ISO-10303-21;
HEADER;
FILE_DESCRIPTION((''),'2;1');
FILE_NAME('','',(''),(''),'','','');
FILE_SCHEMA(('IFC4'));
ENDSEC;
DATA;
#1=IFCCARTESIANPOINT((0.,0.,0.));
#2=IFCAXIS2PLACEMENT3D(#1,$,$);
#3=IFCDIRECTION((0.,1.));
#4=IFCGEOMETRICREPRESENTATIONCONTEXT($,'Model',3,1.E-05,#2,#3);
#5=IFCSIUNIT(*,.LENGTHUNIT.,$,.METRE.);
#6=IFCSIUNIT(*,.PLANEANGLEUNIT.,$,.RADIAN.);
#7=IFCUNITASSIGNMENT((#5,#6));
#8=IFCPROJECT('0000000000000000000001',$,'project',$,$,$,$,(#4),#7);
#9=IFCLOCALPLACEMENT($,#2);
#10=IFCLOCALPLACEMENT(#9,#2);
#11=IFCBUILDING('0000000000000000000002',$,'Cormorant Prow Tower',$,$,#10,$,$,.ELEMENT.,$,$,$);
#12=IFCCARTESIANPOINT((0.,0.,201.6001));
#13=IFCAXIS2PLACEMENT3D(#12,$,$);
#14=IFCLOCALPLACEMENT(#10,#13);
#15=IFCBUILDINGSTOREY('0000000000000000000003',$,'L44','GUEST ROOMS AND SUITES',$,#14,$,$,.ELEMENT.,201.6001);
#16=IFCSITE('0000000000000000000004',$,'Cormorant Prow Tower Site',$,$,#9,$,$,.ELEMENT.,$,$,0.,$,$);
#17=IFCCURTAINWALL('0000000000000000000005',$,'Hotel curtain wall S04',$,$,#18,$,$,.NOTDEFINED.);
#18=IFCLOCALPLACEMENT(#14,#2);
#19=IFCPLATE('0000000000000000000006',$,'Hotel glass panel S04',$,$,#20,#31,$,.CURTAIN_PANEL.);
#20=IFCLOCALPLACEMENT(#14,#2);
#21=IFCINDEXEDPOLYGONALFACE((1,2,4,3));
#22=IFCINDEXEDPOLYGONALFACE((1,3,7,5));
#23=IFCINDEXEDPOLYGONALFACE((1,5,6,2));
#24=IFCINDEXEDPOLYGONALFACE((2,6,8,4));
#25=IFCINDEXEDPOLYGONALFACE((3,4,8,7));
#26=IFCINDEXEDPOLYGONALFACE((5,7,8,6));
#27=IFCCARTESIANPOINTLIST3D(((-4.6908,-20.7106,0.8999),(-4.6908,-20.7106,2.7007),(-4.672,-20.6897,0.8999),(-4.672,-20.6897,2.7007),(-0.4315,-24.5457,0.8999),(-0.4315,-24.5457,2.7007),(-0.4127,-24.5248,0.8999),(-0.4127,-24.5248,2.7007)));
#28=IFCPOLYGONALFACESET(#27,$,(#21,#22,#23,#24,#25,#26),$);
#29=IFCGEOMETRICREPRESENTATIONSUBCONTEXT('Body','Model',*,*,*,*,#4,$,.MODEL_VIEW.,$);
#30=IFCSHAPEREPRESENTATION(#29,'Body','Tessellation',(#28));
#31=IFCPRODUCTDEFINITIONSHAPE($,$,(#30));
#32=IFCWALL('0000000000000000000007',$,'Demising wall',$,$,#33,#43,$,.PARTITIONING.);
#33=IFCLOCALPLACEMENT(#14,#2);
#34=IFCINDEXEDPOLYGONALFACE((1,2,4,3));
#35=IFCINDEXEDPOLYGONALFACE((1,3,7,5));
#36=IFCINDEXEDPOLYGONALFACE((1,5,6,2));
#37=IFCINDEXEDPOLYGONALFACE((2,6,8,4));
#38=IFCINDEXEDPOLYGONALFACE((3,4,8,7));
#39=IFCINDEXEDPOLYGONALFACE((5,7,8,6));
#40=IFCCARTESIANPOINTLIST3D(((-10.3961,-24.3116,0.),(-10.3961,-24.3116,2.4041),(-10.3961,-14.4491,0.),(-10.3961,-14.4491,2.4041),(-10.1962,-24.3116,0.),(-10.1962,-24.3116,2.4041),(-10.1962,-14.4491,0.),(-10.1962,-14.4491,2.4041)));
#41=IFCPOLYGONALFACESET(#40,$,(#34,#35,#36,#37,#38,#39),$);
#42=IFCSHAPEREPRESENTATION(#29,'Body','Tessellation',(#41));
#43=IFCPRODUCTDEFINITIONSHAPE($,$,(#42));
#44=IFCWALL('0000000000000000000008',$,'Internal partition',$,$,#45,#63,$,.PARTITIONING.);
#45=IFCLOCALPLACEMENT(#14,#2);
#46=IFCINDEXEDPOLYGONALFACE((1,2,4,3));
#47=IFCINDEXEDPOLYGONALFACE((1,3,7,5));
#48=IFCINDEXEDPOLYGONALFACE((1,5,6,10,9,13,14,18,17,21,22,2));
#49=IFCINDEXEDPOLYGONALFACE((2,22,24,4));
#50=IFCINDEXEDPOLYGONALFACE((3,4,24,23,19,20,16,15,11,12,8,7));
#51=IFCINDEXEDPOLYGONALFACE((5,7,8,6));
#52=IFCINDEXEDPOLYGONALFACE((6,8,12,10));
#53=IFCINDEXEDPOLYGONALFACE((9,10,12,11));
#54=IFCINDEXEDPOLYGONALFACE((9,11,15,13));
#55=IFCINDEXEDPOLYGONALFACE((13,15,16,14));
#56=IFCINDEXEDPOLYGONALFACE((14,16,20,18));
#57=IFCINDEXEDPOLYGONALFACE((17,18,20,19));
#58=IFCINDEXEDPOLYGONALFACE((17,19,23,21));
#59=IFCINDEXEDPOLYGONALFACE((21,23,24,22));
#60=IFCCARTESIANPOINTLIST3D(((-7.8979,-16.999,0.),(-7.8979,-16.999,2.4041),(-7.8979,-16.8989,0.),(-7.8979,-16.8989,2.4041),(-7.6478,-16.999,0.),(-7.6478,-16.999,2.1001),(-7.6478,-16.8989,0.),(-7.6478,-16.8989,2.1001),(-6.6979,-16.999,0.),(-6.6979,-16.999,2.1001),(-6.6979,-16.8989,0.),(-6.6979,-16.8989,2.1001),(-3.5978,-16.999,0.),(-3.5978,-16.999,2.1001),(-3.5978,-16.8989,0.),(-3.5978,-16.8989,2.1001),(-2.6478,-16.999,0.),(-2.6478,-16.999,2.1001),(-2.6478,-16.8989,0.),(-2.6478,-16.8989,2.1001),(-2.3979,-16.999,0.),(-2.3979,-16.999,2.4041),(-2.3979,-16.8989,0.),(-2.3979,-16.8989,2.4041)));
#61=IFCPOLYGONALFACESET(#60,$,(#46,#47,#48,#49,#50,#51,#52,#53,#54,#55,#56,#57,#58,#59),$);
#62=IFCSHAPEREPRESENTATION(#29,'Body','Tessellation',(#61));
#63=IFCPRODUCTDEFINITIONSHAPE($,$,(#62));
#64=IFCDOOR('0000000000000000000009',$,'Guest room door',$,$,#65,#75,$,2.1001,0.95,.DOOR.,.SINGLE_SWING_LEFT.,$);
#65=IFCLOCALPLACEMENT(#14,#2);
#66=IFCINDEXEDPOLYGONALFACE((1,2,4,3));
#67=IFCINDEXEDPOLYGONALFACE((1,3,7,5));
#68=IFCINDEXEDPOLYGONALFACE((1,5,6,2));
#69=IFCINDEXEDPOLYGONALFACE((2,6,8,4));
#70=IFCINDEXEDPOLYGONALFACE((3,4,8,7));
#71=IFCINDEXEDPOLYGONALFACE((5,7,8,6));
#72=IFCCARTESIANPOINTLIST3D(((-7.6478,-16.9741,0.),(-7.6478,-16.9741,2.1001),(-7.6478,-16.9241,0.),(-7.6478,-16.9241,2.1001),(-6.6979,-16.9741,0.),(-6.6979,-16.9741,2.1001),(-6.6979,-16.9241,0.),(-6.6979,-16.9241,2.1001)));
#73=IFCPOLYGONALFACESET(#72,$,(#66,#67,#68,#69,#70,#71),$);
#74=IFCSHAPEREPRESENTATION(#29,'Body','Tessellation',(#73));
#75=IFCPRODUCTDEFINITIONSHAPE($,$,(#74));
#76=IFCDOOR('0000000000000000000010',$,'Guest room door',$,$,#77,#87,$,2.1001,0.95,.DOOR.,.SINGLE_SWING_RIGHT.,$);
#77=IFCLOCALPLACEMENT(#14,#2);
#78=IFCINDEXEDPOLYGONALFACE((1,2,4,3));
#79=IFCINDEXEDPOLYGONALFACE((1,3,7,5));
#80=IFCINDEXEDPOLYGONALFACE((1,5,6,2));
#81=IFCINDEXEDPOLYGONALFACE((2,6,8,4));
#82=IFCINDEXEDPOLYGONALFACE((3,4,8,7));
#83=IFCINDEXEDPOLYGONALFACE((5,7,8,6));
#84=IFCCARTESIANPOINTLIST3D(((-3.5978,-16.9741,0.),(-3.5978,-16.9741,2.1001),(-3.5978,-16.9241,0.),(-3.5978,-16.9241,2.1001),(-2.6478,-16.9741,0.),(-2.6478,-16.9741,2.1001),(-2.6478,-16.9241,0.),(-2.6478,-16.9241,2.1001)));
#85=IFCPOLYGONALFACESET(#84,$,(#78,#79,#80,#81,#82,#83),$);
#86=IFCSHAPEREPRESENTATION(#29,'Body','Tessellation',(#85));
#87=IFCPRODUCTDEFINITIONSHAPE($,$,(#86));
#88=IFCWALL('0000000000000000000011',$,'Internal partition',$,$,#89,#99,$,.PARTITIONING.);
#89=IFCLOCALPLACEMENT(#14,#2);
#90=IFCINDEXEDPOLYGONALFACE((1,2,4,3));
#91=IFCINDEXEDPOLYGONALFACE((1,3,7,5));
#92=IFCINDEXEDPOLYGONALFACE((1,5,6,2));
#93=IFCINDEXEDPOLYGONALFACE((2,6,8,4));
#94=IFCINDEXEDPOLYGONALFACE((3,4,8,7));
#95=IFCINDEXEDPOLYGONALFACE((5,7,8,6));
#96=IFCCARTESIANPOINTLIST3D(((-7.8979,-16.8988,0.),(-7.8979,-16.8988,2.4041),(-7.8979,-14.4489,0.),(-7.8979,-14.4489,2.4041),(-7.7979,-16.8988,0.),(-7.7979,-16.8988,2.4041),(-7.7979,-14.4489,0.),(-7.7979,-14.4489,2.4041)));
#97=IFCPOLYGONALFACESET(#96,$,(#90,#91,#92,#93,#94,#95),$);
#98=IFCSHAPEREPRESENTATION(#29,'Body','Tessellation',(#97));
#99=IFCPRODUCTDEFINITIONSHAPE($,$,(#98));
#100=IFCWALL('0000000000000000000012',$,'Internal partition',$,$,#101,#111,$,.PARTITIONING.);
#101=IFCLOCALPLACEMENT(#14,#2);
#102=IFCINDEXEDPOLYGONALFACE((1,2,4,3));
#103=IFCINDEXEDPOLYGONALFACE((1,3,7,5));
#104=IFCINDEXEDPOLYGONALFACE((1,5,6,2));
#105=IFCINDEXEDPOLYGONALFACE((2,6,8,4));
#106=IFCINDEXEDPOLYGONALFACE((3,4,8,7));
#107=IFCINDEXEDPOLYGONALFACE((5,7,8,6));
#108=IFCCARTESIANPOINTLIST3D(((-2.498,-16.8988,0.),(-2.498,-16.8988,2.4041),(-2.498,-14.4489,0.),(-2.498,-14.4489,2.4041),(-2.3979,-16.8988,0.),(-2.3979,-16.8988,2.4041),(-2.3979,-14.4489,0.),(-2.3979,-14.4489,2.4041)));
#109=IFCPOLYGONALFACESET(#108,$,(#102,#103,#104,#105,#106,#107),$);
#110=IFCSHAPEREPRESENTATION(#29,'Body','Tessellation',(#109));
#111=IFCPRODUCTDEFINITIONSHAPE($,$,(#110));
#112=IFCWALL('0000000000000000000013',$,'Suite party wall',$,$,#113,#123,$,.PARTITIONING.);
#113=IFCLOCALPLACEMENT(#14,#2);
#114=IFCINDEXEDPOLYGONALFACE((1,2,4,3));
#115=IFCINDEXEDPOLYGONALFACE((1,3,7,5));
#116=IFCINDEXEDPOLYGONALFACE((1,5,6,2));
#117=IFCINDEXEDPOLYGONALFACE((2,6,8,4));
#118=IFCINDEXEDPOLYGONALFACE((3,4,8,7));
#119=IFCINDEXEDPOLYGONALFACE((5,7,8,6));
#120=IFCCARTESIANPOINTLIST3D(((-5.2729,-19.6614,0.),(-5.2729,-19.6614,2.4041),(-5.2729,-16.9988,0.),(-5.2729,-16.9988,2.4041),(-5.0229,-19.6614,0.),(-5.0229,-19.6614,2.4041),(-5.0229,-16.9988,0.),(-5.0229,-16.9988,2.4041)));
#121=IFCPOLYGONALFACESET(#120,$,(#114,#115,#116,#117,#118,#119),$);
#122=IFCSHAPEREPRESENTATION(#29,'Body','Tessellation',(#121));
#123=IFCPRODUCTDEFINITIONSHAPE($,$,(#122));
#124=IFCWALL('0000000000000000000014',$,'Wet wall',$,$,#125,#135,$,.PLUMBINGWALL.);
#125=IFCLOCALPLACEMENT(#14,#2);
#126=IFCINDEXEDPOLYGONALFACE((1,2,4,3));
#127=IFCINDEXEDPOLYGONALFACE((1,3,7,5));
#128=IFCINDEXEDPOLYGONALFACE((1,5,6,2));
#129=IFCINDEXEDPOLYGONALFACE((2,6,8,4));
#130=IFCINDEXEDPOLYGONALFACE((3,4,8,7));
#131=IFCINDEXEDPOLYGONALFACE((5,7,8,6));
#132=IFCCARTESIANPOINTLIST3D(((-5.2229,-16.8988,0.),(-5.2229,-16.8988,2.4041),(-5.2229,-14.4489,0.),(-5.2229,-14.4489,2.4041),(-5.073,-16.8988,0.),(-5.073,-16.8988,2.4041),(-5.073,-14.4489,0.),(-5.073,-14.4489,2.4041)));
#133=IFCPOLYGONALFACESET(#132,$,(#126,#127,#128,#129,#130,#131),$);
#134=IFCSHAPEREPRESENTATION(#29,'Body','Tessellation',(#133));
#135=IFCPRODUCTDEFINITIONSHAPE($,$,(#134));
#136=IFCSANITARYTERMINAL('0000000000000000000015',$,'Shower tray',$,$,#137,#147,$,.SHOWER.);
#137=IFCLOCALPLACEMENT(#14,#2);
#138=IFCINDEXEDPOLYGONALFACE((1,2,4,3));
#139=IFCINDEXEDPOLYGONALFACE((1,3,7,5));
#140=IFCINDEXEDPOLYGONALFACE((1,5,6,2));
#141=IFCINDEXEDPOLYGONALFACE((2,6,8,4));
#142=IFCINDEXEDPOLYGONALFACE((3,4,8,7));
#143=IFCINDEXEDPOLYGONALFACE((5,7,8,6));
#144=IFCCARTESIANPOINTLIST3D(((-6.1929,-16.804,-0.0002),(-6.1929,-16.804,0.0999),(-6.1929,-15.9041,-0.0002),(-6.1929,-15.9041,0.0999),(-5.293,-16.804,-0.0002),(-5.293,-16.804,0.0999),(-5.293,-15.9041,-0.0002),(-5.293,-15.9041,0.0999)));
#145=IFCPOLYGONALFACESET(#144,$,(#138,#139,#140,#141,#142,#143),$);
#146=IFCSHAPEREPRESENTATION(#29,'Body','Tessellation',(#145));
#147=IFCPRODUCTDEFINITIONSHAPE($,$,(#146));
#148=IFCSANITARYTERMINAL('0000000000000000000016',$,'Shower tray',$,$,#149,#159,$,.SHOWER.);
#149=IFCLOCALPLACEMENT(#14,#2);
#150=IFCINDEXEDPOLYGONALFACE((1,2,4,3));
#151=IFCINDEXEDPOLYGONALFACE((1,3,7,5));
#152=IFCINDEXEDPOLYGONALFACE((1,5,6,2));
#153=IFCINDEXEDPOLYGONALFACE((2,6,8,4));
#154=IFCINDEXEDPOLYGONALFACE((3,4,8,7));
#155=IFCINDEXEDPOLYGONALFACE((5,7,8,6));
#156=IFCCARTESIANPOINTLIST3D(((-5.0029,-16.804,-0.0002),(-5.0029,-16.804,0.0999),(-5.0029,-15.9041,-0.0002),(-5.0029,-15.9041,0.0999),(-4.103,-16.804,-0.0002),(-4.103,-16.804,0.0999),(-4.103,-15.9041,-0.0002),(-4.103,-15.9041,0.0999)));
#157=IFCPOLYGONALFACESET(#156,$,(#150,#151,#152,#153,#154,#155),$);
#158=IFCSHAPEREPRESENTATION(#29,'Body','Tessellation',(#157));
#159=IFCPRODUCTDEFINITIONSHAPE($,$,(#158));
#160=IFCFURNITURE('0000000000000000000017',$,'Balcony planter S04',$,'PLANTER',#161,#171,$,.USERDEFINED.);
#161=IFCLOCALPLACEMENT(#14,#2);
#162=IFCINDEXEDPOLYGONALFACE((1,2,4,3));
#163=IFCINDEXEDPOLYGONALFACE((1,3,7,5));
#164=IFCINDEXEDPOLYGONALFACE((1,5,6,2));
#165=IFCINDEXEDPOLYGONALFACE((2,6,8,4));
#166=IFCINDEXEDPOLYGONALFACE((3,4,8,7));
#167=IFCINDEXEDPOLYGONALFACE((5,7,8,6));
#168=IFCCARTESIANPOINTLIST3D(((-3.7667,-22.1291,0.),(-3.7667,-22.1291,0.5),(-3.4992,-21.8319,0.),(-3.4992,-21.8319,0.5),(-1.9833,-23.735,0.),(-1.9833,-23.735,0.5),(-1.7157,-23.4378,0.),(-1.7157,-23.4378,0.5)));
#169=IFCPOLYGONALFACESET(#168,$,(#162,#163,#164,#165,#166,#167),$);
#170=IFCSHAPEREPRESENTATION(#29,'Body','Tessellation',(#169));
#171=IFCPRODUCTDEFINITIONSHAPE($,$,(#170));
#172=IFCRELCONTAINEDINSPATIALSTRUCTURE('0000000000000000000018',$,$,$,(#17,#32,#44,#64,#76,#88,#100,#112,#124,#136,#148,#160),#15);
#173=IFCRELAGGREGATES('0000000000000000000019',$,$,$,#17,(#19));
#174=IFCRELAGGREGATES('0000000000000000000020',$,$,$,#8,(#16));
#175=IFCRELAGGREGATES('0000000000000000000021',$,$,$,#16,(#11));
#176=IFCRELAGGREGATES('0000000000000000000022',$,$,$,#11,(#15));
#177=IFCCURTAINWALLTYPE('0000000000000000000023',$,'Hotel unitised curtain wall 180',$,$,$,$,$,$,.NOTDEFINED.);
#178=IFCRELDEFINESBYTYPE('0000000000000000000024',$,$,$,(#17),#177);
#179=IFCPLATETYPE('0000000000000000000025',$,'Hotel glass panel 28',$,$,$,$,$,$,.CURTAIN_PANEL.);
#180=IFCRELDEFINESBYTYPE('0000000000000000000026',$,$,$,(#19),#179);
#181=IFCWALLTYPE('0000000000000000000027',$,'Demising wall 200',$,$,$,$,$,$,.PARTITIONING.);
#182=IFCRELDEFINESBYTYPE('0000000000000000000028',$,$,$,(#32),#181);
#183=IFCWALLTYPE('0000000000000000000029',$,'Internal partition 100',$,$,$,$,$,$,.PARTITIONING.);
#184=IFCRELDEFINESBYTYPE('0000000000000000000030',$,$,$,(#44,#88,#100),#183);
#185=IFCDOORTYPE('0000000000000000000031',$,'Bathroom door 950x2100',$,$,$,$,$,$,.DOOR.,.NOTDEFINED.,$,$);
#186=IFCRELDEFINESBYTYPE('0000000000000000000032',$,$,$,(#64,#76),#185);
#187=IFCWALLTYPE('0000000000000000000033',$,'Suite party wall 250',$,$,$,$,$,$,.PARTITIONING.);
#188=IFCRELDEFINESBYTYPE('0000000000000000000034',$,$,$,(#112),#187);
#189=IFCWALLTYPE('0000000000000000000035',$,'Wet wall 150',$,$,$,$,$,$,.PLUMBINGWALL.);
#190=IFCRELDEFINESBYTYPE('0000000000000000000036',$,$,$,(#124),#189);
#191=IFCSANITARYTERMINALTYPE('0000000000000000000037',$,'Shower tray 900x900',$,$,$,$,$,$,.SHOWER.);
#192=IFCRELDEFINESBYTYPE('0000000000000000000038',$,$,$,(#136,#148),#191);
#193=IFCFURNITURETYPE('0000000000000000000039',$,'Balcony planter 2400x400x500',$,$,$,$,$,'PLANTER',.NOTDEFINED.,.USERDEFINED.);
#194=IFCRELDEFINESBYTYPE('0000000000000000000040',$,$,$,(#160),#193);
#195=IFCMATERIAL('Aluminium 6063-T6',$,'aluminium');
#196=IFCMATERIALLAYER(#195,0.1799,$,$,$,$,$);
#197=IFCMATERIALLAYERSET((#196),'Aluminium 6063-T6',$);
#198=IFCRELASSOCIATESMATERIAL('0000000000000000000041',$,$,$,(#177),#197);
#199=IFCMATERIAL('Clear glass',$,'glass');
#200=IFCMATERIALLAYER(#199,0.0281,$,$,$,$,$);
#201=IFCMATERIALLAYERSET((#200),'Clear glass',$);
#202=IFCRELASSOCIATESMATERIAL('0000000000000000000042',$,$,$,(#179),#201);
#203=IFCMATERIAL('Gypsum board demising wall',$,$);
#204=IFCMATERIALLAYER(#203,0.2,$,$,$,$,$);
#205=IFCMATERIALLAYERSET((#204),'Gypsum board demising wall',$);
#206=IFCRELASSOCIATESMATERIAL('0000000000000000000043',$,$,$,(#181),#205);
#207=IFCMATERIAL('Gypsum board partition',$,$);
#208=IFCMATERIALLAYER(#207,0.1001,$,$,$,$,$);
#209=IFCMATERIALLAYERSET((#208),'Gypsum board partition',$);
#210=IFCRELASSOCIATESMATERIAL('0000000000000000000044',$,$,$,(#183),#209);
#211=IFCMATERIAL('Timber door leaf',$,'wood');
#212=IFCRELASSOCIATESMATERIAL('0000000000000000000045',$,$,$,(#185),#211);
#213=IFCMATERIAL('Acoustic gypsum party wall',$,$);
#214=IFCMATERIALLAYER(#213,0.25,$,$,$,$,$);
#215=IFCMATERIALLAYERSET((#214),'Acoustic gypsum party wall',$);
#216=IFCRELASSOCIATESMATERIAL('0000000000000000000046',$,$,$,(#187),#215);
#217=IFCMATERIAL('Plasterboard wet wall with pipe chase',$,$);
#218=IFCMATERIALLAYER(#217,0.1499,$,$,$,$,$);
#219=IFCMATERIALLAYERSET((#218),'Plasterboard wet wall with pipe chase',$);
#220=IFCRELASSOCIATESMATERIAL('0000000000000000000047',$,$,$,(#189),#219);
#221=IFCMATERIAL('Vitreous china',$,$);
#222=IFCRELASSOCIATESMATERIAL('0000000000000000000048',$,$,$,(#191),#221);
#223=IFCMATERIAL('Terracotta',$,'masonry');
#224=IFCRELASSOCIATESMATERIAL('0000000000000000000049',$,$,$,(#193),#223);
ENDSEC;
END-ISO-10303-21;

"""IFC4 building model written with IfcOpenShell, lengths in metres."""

from ifc_helpers import new_model, si_unit, direction, frame, frame_2d, origin, origin_2d, place, context, subcontext, project, spatial, rectangle, extrude, material, layer, layer_set, type_object, element, fill, aggregate, save


model = new_model("IFC4")

# Units and contexts
model_context = context("Model", 3, precision=1e-05, world=origin(), true_north=direction((0.0, 1.0)))
body_context = subcontext(model_context, "Body", "Model", "MODEL_VIEW")
ifc_project = project(units=[si_unit("LENGTHUNIT", "METRE"), si_unit("PLANEANGLEUNIT", "RADIAN")], contexts=[model_context])

# Site, building, storey
site_placement = place(None, origin())
site = spatial("IfcSite", under=ifc_project, at=site_placement, Name="Cormorant Prow Tower Site", CompositionType="ELEMENT", RefElevation=0.0)
building_placement = place(site_placement, origin())
building = spatial("IfcBuilding", under=site, at=building_placement, Name="Cormorant Prow Tower", CompositionType="ELEMENT")
storey_placement = place(building_placement, frame((0.0, 0.0, 201.6001)))
storey = spatial("IfcBuildingStorey", under=building, at=storey_placement, Name="L44", Description="GUEST ROOMS AND SUITES", CompositionType="ELEMENT", Elevation=201.6001)

# Curtain wall
ifc_material_1 = material(Name="Aluminium 6063-T6", Category="aluminium")
ifc_layer_1 = layer(ifc_material_1, 0.1799)
ifc_layer_set_1 = layer_set([ifc_layer_1], Name="Aluminium 6063-T6")
curtain_wall_type = type_object("IfcCurtainWallType", Name="Hotel unitised curtain wall 180", PredefinedType="NOTDEFINED", material=ifc_layer_set_1)
curtain_wall_1_placement = place(storey_placement, origin())
curtain_wall_1 = element("IfcCurtainWall", 1, at=curtain_wall_1_placement, inside=storey, type_object=curtain_wall_type, Name="Hotel curtain wall S04", PredefinedType="NOTDEFINED")

# Plate
ifc_material_2 = material(Name="Clear glass", Category="glass")
ifc_layer_2 = layer(ifc_material_2, 0.0281)
ifc_layer_set_2 = layer_set([ifc_layer_2], Name="Clear glass")
plate_type = type_object("IfcPlateType", Name="Hotel glass panel 28", PredefinedType="CURTAIN_PANEL", material=ifc_layer_set_2)
plate_1_placement = place(storey_placement, frame((-2.5518, -22.6177, 0.8999), z_axis=(0.0, 0.0, 1.0), x_axis=(0.743145, -0.669131, 0.0)))
plate_1 = element("IfcPlate", 2, at=plate_1_placement, type_object=plate_type, Name="Hotel glass panel S04", PredefinedType="CURTAIN_PANEL", context=body_context, shape_type="SweptSolid", body=[
    extrude(rectangle(XDim=5.7314, YDim=0.0281, at=origin_2d()), origin(), (0.0, 0.0, 1.0), 1.8008),
])
aggregate(curtain_wall_1, [plate_1])

# Wall
ifc_material_3 = material(Name="Gypsum board demising wall")
ifc_layer_3 = layer(ifc_material_3, 0.2)
ifc_layer_set_3 = layer_set([ifc_layer_3], Name="Gypsum board demising wall")
wall_type_1 = type_object("IfcWallType", Name="Demising wall 200", PredefinedType="PARTITIONING", material=ifc_layer_set_3)
wall_1_placement = place(storey_placement, frame((-10.2961, -24.3115, 0.0), z_axis=(0.0, 0.0, 1.0), x_axis=(0.0, 1.0, 0.0)))
element("IfcWall", 3, at=wall_1_placement, inside=storey, type_object=wall_type_1, Name="Demising wall", PredefinedType="PARTITIONING", context=body_context, shape_type="SweptSolid", body=[
    extrude(rectangle(XDim=9.8625, YDim=0.2, at=frame_2d((4.9312, 0.0))), origin(), (0.0, 0.0, 1.0), 2.4041),
])

# Wall, openings, doors
ifc_material_4 = material(Name="Gypsum board partition")
ifc_layer_4 = layer(ifc_material_4, 0.1001)
ifc_layer_set_4 = layer_set([ifc_layer_4], Name="Gypsum board partition")
wall_type_2 = type_object("IfcWallType", Name="Internal partition 100", PredefinedType="PARTITIONING", material=ifc_layer_set_4)
wall_2_placement = place(storey_placement, frame((-7.8979, -16.949, 0.0), z_axis=(0.0, 0.0, 1.0), x_axis=(1.0, 0.0, 0.0)))
wall_2 = element("IfcWall", 4, at=wall_2_placement, inside=storey, type_object=wall_type_2, Name="Internal partition", PredefinedType="PARTITIONING", context=body_context, shape_type="SweptSolid", body=[
    extrude(rectangle(XDim=5.5, YDim=0.1001, at=frame_2d((2.75, 0.0))), origin(), (0.0, 0.0, 1.0), 2.4041),
])
opening_1_placement = place(wall_2_placement, frame((0.25, 0.0, 0.0)))
opening_1 = element("IfcOpeningElement", 5, at=opening_1_placement, cuts=wall_2, PredefinedType="OPENING", context=body_context, shape_type="SweptSolid", body=[
    extrude(rectangle(XDim=0.95, YDim=2.1001, at=frame_2d((0.4751, 1.05))), frame((0.0, 0.0601, 0.0), z_axis=(0.0, -1.0, 0.0), x_axis=(1.0, 0.0, 0.0)), (0.0, 0.0, 1.0), 0.1201),
])
opening_2_placement = place(wall_2_placement, frame((4.3, 0.0, 0.0)))
opening_2 = element("IfcOpeningElement", 6, at=opening_2_placement, cuts=wall_2, PredefinedType="OPENING", context=body_context, shape_type="SweptSolid", body=[
    extrude(rectangle(XDim=0.95, YDim=2.1001, at=frame_2d((0.4751, 1.05))), frame((0.0, 0.0601, 0.0), z_axis=(0.0, -1.0, 0.0), x_axis=(1.0, 0.0, 0.0)), (0.0, 0.0, 1.0), 0.1201),
])
ifc_material_5 = material(Name="Timber door leaf", Category="wood")
door_type_1 = type_object("IfcDoorType", Name="Bathroom door 950x2100", OperationType="NOTDEFINED", PredefinedType="DOOR", material=ifc_material_5)
door_1_placement = place(opening_1_placement, origin())
door_1 = element("IfcDoor", 7, at=door_1_placement, inside=storey, type_object=door_type_1, Name="Guest room door", OperationType="SINGLE_SWING_LEFT", OverallHeight=2.1001, OverallWidth=0.95, PredefinedType="DOOR", context=body_context, shape_type="SweptSolid", body=[
    extrude(rectangle(XDim=0.95, YDim=2.1001, at=frame_2d((0.4751, 1.05))), frame((0.0, 0.0249, 0.0), z_axis=(0.0, -1.0, 0.0), x_axis=(1.0, 0.0, 0.0)), (0.0, 0.0, 1.0), 0.05),
])
fill(opening_1, door_1)
door_2_placement = place(opening_2_placement, origin())
door_2 = element("IfcDoor", 8, at=door_2_placement, inside=storey, type_object=door_type_1, Name="Guest room door", OperationType="SINGLE_SWING_RIGHT", OverallHeight=2.1001, OverallWidth=0.95, PredefinedType="DOOR", context=body_context, shape_type="SweptSolid", body=[
    extrude(rectangle(XDim=0.95, YDim=2.1001, at=frame_2d((0.4751, 1.05))), frame((0.0, 0.0249, 0.0), z_axis=(0.0, -1.0, 0.0), x_axis=(1.0, 0.0, 0.0)), (0.0, 0.0, 1.0), 0.05),
])
fill(opening_2, door_2)

# Walls
for number, where, z_axis, x_axis, name in (
    (9, (-7.8479, -16.8989, 0.0), (0.0, 0.0, 1.0), (0.0, 1.0, 0.0), "Internal partition"),
    (10, (-2.448, -16.8989, 0.0), (0.0, 0.0, 1.0), (0.0, 1.0, 0.0), "Internal partition"),
):
    element("IfcWall", number, at=place(storey_placement, frame(where, z_axis=z_axis, x_axis=x_axis)), inside=storey, type_object=wall_type_2, Name=name, PredefinedType="PARTITIONING", context=body_context, shape_type="SweptSolid", body=[
        extrude(rectangle(XDim=2.45, YDim=0.1001, at=frame_2d((1.2251, 0.0))), origin(), (0.0, 0.0, 1.0), 2.4041),
    ])
ifc_material_6 = material(Name="Acoustic gypsum party wall")
ifc_layer_5 = layer(ifc_material_6, 0.25)
ifc_layer_set_5 = layer_set([ifc_layer_5], Name="Acoustic gypsum party wall")
wall_type_3 = type_object("IfcWallType", Name="Suite party wall 250", PredefinedType="PARTITIONING", material=ifc_layer_set_5)
wall_3_placement = place(storey_placement, frame((-5.1479, -19.6614, 0.0), z_axis=(0.0, 0.0, 1.0), x_axis=(0.0, 1.0, 0.0)))
element("IfcWall", 11, at=wall_3_placement, inside=storey, type_object=wall_type_3, Name="Suite party wall", PredefinedType="PARTITIONING", context=body_context, shape_type="SweptSolid", body=[
    extrude(rectangle(XDim=2.6626, YDim=0.25, at=frame_2d((1.3313, 0.0))), origin(), (0.0, 0.0, 1.0), 2.4041),
])

# Wall
ifc_material_7 = material(Name="Plasterboard wet wall with pipe chase")
ifc_layer_6 = layer(ifc_material_7, 0.1499)
ifc_layer_set_6 = layer_set([ifc_layer_6], Name="Plasterboard wet wall with pipe chase")
wall_type_4 = type_object("IfcWallType", Name="Wet wall 150", PredefinedType="PLUMBINGWALL", material=ifc_layer_set_6)
wall_4_placement = place(storey_placement, frame((-5.1479, -16.8989, 0.0), z_axis=(0.0, 0.0, 1.0), x_axis=(0.0, 1.0, 0.0)))
element("IfcWall", 12, at=wall_4_placement, inside=storey, type_object=wall_type_4, Name="Wet wall", PredefinedType="PLUMBINGWALL", context=body_context, shape_type="SweptSolid", body=[
    extrude(rectangle(XDim=2.45, YDim=0.1499, at=frame_2d((1.2251, 0.0))), origin(), (0.0, 0.0, 1.0), 2.4041),
])

# Sanitary terminals
ifc_material_8 = material(Name="Vitreous china")
sanitary_terminal_type = type_object("IfcSanitaryTerminalType", Name="Shower tray 900x900", PredefinedType="SHOWER", material=ifc_material_8)
for number, where, z_axis, x_axis, name in (
    (13, (-5.7429, -16.354, -0.0002), (0.0, 0.0, 1.0), (-1.0, 0.0, 0.0), "Shower tray"),
    (14, (-4.553, -16.354, -0.0002), (0.0, 0.0, 1.0), (0.0, 1.0, 0.0), "Shower tray"),
):
    element("IfcSanitaryTerminal", number, at=place(storey_placement, frame(where, z_axis=z_axis, x_axis=x_axis)), inside=storey, type_object=sanitary_terminal_type, Name=name, PredefinedType="SHOWER", context=body_context, shape_type="SweptSolid", body=[
        extrude(rectangle(XDim=0.8999, YDim=0.8999, at=origin_2d()), origin(), (0.0, 0.0, 1.0), 0.1001),
    ])

# Furniture
ifc_material_9 = material(Name="Terracotta", Category="masonry")
furniture_type_1 = type_object("IfcFurnitureType", Name="Balcony planter 2400x400x500", ElementType="PLANTER", AssemblyPlace="NOTDEFINED", PredefinedType="USERDEFINED", material=ifc_material_9)
furniture_1_placement = place(storey_placement, frame((-2.7412, -22.7834, 0.0), z_axis=(0.0, 0.0, 1.0), x_axis=(0.743145, -0.669131, 0.0)))
element("IfcFurniture", 15, at=furniture_1_placement, inside=storey, type_object=furniture_type_1, Name="Balcony planter S04", ObjectType="PLANTER", PredefinedType="USERDEFINED", context=body_context, shape_type="SweptSolid", body=[
    extrude(rectangle(XDim=2.3999, YDim=0.3999, at=origin_2d()), origin(), (0.0, 0.0, 1.0), 0.5),
])

save(model, "model.ifc")
